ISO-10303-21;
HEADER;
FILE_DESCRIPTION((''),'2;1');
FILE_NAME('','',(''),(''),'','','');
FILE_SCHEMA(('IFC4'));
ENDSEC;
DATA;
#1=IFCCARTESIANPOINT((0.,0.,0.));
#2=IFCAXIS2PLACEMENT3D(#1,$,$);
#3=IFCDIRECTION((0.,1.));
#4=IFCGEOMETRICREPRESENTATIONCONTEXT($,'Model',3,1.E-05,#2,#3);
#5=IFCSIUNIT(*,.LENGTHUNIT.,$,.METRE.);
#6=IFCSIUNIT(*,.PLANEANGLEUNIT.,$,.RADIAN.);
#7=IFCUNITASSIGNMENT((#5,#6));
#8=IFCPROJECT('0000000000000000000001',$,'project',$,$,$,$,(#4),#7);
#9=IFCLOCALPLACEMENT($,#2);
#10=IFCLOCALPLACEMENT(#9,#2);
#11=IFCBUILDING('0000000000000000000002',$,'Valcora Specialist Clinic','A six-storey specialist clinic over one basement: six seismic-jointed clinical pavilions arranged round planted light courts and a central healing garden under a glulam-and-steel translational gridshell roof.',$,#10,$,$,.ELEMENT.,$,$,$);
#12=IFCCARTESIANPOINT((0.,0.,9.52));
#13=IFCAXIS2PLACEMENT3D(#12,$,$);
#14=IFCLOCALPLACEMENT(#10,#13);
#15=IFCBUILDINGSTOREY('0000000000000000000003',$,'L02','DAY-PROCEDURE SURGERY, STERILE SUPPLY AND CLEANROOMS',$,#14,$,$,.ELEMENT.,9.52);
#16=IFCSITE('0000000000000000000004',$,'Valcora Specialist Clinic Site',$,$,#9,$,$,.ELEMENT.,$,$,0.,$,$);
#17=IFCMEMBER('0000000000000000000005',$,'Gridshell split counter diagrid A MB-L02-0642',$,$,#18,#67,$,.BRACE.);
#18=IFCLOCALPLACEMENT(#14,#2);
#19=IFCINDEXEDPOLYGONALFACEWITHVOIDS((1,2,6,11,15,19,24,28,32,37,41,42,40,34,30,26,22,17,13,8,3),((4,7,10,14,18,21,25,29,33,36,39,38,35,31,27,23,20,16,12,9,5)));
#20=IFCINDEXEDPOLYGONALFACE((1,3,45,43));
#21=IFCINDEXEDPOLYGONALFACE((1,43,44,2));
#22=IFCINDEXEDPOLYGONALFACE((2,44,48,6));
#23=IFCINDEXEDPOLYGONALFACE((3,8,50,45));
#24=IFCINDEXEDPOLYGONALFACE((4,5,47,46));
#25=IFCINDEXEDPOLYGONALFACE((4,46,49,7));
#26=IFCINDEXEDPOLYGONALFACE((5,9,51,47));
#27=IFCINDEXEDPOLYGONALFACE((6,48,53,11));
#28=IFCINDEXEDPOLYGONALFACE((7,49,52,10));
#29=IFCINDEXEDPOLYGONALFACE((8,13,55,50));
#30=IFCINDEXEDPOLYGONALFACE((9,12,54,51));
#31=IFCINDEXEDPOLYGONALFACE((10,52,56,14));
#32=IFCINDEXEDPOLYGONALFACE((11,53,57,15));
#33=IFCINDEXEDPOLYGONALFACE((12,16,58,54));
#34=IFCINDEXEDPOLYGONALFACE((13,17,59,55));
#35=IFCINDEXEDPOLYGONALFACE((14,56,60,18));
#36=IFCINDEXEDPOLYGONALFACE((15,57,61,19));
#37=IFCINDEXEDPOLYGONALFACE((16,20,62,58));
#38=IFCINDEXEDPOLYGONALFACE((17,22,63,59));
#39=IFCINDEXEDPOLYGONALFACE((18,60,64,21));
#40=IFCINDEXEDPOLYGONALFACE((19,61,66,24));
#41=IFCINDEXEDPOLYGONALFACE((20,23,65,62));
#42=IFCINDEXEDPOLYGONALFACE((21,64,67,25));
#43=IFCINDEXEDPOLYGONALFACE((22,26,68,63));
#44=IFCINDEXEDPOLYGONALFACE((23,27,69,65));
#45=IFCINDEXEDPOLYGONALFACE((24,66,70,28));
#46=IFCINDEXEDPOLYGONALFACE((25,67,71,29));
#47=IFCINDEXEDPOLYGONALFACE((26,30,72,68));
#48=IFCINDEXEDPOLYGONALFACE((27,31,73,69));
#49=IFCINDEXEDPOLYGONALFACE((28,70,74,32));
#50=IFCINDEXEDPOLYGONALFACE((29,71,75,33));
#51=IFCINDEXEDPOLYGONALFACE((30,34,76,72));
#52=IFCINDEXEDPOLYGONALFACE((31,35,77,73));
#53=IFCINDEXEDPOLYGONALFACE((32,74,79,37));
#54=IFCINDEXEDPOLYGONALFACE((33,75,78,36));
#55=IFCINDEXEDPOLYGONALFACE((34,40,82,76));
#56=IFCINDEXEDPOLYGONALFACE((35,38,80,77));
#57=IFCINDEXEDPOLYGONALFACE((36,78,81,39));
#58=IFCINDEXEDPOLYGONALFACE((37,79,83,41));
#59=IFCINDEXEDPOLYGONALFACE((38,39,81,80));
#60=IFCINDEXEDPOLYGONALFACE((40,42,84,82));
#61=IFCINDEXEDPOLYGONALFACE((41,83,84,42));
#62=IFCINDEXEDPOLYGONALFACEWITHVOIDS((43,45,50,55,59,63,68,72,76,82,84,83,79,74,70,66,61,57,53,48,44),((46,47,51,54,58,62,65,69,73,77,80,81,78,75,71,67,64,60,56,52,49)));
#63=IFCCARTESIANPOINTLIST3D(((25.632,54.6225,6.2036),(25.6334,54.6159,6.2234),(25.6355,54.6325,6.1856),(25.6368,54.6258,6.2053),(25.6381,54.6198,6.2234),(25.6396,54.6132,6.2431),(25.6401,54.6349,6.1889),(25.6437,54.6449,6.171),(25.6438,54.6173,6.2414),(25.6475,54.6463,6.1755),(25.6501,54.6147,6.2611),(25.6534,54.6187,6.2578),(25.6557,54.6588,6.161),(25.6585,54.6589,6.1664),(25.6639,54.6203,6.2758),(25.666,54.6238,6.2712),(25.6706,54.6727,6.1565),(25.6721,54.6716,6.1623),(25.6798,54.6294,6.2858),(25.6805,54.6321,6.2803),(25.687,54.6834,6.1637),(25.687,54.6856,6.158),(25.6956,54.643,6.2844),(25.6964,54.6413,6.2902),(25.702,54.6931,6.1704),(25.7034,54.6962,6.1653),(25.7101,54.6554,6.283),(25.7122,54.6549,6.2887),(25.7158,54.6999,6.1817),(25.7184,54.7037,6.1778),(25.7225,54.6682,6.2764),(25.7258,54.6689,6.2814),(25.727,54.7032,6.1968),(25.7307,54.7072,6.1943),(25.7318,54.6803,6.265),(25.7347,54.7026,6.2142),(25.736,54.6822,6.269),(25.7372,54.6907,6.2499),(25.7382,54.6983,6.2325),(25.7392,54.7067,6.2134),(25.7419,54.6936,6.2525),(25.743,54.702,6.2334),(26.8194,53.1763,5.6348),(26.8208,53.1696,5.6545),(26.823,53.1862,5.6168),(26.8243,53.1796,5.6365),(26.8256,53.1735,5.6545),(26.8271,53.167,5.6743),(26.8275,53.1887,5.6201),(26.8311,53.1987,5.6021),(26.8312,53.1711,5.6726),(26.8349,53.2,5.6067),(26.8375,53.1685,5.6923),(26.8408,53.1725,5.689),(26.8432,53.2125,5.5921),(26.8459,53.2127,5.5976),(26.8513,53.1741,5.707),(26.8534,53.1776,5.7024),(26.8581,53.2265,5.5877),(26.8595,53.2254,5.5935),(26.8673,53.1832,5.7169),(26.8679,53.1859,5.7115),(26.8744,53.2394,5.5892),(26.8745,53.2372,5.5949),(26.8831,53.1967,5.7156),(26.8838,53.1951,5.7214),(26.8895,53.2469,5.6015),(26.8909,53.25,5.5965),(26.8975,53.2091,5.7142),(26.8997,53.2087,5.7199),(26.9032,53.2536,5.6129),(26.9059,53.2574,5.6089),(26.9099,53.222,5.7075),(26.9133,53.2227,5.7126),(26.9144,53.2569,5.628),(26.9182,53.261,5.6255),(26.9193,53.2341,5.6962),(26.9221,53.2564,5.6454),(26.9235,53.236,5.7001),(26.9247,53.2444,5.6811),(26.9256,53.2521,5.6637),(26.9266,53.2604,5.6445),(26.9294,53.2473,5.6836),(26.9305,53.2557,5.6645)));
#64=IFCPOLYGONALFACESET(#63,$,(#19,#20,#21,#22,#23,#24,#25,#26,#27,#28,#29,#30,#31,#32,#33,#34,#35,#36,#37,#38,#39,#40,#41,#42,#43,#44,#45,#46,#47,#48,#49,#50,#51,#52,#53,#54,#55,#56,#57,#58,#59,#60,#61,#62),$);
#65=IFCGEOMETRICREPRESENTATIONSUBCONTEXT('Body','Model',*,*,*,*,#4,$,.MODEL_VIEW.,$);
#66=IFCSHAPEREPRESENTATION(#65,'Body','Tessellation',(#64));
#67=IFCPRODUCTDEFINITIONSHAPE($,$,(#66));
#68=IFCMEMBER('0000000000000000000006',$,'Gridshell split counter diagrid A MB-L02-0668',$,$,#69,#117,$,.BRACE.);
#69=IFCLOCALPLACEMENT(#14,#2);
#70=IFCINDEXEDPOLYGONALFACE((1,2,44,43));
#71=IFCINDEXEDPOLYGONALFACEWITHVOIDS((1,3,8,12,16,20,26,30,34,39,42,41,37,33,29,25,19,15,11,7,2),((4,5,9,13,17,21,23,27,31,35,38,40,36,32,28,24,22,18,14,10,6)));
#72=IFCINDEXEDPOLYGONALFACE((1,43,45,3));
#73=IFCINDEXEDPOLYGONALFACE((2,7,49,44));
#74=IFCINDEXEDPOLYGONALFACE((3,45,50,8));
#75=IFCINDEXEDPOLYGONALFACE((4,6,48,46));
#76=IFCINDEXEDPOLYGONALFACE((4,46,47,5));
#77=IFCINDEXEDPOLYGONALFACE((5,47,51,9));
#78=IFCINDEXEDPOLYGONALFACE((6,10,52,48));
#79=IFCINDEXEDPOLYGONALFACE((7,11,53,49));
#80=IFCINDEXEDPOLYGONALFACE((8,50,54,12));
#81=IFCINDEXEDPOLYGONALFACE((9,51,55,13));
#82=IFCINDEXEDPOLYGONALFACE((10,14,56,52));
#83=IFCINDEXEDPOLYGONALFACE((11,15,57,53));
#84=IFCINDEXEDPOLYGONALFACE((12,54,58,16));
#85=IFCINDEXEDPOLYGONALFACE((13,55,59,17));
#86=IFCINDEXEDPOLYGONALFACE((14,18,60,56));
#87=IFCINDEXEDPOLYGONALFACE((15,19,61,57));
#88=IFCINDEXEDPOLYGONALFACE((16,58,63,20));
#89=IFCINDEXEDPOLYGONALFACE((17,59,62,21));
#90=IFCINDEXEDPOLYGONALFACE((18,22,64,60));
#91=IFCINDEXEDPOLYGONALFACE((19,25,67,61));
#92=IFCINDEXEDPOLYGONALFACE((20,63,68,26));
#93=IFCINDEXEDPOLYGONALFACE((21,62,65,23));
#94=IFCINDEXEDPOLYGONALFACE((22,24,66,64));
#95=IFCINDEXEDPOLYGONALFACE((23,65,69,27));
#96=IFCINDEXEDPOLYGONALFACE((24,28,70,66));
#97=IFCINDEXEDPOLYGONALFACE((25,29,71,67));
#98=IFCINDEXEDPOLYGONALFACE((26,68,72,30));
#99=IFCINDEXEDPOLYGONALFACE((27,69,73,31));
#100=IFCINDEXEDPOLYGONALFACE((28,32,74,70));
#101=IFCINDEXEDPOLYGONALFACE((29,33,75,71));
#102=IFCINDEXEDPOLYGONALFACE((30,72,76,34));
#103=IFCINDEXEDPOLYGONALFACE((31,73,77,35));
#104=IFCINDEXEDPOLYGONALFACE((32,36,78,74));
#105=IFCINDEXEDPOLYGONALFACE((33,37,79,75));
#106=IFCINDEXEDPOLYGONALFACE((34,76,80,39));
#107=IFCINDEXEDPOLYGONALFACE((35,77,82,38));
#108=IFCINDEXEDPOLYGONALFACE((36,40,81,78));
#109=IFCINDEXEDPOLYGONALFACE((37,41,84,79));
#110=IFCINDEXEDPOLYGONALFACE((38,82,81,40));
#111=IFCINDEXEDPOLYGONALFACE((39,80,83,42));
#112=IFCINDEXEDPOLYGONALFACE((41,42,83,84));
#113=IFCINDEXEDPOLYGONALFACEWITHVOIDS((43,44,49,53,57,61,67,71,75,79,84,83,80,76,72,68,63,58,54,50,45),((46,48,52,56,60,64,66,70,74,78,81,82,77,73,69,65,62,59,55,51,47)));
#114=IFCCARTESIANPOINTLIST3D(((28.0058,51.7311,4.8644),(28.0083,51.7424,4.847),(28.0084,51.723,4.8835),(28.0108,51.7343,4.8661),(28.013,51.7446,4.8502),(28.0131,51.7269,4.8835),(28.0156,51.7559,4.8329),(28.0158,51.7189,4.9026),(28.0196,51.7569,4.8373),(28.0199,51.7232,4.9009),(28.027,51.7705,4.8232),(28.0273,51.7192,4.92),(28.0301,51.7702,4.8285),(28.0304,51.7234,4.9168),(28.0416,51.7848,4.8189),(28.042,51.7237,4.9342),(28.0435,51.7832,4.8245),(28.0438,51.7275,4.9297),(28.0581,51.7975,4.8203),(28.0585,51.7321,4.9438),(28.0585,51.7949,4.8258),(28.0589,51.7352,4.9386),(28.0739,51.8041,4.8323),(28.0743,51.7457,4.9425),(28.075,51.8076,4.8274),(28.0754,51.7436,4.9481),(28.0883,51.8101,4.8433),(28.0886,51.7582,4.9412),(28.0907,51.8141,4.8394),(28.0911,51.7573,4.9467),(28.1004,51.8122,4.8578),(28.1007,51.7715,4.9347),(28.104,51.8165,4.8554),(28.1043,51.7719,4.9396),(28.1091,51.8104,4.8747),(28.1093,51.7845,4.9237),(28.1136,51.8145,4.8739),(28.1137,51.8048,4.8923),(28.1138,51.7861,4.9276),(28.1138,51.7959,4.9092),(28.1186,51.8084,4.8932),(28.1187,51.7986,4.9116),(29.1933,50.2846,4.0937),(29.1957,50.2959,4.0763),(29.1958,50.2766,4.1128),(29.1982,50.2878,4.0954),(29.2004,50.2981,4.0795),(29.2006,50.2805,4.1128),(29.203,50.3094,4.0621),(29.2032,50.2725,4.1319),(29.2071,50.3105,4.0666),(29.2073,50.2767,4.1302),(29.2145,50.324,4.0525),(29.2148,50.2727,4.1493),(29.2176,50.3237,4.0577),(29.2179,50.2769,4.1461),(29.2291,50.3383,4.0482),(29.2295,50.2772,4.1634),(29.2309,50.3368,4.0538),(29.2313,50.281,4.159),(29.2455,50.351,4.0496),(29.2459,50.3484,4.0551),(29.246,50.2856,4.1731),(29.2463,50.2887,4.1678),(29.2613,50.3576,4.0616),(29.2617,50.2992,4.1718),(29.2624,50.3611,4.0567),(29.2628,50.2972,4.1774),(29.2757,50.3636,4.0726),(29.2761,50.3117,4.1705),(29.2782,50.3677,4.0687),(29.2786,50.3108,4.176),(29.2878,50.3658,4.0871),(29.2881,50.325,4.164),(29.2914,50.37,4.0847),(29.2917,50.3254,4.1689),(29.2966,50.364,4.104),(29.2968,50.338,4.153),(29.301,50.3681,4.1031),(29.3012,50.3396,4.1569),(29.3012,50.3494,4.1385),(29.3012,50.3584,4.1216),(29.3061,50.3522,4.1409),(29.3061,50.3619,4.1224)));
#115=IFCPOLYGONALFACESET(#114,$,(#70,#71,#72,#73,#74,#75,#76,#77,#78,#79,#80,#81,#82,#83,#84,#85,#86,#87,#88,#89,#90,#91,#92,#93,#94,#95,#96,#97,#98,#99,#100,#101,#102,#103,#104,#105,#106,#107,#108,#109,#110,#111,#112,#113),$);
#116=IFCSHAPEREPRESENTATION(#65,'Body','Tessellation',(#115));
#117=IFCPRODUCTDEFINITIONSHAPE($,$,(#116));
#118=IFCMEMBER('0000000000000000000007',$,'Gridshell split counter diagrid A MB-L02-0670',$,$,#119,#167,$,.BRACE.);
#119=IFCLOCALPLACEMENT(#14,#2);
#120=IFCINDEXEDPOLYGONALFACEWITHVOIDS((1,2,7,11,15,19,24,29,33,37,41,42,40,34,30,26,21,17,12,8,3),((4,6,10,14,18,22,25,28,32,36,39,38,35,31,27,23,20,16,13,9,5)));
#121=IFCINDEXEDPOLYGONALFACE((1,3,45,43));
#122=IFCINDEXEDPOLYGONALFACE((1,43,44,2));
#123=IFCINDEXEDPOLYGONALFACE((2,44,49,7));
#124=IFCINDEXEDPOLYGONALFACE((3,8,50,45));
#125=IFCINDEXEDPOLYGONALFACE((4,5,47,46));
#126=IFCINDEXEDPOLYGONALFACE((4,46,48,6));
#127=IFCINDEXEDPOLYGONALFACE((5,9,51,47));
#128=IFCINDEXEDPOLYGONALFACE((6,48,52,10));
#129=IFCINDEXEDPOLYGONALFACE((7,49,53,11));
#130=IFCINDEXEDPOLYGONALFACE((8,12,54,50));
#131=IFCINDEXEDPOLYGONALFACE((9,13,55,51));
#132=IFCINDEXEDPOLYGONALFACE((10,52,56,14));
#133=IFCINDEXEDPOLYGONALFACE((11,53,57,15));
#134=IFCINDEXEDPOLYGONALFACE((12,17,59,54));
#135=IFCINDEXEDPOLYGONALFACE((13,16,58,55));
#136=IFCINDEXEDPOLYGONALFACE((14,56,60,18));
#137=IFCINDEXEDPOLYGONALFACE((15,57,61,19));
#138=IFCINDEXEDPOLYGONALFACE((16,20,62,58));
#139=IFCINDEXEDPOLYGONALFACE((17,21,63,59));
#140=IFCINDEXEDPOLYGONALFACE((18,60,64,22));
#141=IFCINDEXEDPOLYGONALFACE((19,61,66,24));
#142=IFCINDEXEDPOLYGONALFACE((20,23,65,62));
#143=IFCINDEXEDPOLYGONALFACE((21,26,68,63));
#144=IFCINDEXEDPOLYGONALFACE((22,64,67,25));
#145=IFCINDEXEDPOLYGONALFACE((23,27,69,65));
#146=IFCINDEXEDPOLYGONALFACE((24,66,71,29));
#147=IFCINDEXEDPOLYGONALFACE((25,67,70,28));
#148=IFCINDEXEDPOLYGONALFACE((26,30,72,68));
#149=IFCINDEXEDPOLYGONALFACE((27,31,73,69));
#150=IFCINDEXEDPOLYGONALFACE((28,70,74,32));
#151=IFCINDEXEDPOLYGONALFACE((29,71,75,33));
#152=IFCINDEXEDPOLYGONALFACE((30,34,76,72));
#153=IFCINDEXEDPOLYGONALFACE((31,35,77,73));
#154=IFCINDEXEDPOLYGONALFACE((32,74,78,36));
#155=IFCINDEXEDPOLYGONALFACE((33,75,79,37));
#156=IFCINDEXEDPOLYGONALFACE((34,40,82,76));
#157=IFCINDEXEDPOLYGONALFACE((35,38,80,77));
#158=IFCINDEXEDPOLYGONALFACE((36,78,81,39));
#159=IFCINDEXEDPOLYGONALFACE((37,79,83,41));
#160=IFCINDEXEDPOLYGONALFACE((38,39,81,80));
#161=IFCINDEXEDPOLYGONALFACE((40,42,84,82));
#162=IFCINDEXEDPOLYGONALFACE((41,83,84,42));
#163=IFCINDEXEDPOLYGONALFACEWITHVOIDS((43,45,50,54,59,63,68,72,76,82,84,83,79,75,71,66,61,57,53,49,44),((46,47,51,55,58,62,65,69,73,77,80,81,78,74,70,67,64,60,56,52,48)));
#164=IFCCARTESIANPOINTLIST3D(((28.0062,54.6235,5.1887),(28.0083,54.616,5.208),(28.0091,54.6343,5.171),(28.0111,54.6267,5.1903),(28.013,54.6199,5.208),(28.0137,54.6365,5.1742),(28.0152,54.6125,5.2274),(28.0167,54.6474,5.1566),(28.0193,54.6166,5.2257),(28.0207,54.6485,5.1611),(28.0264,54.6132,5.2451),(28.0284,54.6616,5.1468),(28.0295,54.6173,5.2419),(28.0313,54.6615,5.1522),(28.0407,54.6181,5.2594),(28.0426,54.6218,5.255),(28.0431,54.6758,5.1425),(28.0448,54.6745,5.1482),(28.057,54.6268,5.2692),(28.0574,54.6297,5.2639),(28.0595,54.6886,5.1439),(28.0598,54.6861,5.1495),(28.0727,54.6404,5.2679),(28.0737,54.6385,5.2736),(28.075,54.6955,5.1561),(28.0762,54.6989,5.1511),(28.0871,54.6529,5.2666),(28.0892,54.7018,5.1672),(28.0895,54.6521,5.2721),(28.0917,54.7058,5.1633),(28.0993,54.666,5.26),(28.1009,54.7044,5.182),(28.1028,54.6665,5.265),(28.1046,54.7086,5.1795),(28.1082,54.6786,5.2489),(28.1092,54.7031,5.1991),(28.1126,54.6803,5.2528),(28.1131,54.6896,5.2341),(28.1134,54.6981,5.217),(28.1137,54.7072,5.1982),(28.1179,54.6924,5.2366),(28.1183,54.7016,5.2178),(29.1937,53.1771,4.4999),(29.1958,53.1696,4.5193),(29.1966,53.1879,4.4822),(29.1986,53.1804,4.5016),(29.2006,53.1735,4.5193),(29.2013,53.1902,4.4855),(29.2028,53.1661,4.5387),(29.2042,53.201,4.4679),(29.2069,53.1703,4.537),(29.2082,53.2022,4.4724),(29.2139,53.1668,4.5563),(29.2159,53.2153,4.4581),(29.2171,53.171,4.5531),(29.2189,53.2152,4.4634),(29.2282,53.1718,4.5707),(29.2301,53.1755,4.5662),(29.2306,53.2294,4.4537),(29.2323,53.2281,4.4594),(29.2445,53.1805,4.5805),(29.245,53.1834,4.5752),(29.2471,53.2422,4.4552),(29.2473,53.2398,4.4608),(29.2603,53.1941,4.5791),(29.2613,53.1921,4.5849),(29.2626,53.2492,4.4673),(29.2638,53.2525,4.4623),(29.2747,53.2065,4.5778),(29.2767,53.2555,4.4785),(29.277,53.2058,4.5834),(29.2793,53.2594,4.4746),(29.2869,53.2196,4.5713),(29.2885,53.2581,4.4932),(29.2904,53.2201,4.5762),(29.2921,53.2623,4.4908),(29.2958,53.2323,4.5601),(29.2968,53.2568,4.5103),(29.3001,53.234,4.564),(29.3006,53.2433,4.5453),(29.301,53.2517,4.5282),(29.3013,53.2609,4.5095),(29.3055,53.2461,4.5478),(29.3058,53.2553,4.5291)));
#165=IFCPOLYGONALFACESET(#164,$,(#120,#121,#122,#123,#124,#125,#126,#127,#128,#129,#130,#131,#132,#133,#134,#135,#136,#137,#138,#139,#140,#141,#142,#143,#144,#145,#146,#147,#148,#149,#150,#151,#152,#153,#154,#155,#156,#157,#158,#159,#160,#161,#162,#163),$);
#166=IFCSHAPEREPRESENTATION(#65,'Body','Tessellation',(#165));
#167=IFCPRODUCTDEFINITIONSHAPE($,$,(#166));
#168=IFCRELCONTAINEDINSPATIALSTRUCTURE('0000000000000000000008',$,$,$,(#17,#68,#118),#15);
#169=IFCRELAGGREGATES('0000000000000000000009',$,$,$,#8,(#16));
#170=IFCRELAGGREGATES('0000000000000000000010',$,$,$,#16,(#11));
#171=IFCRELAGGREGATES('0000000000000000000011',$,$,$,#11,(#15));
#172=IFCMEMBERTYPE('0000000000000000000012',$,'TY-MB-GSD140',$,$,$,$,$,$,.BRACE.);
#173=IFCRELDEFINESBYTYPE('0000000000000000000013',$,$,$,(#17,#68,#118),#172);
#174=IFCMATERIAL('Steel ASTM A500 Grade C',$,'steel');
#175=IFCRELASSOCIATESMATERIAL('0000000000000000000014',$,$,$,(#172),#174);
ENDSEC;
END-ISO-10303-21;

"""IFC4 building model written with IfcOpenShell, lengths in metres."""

from ifc_helpers import new_model, si_unit, direction, frame, origin, origin_2d, place, context, subcontext, project, spatial, hollow_circle, extrude, material, material_profile, profile_set, type_object, element, save


model = new_model("IFC4")

# Units and contexts
model_context = context("Model", 3, precision=1e-05, world=origin(), true_north=direction((0.0, 1.0)))
body_context = subcontext(model_context, "Body", "Model", "MODEL_VIEW")
ifc_project = project(units=[si_unit("LENGTHUNIT", "METRE"), si_unit("PLANEANGLEUNIT", "RADIAN")], contexts=[model_context])

# Site, building, storey
site_placement = place(None, origin())
site = spatial("IfcSite", under=ifc_project, at=site_placement, Name="Valcora Specialist Clinic Site", CompositionType="ELEMENT", RefElevation=0.0)
building_placement = place(site_placement, origin())
building = spatial("IfcBuilding", under=site, at=building_placement, Name="Valcora Specialist Clinic", Description="A six-storey specialist clinic over one basement: six seismic-jointed clinical pavilions arranged round planted light courts and a central healing garden under a glulam-and-steel translational gridshell roof.", CompositionType="ELEMENT")
storey_placement = place(building_placement, frame((0.0, 0.0, 9.52)))
storey = spatial("IfcBuildingStorey", under=building, at=storey_placement, Name="L02", Description="DAY-PROCEDURE SURGERY, STERILE SUPPLY AND CLEANROOMS", CompositionType="ELEMENT", Elevation=9.52)

# Members
ifc_material_1 = material(Name="Steel ASTM A500 Grade C", Category="steel")
ifc_material_profile_1 = material_profile(ifc_material_1, hollow_circle(Radius=0.0701, WallThickness=0.0061, at=origin_2d()), Name="ST-CHS-140X6")
ifc_profile_set_1 = profile_set([ifc_material_profile_1], Name="Steel ASTM A500 Grade C")
member_type_1 = type_object("IfcMemberType", Name="TY-MB-GSD140", PredefinedType="BRACE", material=ifc_profile_set_1)
member_1_placement = place(storey_placement, frame((26.875, 53.2141, 5.6545), z_axis=(-0.607141, 0.739454, 0.290839), x_axis=(-0.772863, -0.634572, 0.0)))
element("IfcMember", 1, at=member_1_placement, inside=storey, type_object=member_type_1, Name="Gridshell split counter diagrid A MB-L02-0642", PredefinedType="BRACE", context=body_context, shape_type="SweptSolid", body=[
    extrude(hollow_circle(Radius=0.0701, WallThickness=0.0061, at=origin_2d()), origin(), (0.0, 0.0, 1.0), 1.9558),
])
member_2_placement = place(storey_placement, frame((29.25, 50.321, 4.1128), z_axis=(-0.586703, 0.714682, 0.380802), x_axis=(-0.772916, -0.634508, 0.0)))
element("IfcMember", 2, at=member_2_placement, inside=storey, type_object=member_type_1, Name="Gridshell split counter diagrid A MB-L02-0668", PredefinedType="BRACE", context=body_context, shape_type="SweptSolid", body=[
    extrude(hollow_circle(Radius=0.0701, WallThickness=0.0061, at=origin_2d()), origin(), (0.0, 0.0, 1.0), 2.0239),
])
member_3_placement = place(storey_placement, frame((29.25, 53.2141, 4.5193), z_axis=(-0.595521, 0.725301, 0.345387), x_axis=(-0.772863, -0.634572, 0.0)))
element("IfcMember", 3, at=member_3_placement, inside=storey, type_object=member_type_1, Name="Gridshell split counter diagrid A MB-L02-0670", PredefinedType="BRACE", context=body_context, shape_type="SweptSolid", body=[
    extrude(hollow_circle(Radius=0.0701, WallThickness=0.0061, at=origin_2d()), origin(), (0.0, 0.0, 1.0), 1.9941),
])

save(model, "model.ifc")
